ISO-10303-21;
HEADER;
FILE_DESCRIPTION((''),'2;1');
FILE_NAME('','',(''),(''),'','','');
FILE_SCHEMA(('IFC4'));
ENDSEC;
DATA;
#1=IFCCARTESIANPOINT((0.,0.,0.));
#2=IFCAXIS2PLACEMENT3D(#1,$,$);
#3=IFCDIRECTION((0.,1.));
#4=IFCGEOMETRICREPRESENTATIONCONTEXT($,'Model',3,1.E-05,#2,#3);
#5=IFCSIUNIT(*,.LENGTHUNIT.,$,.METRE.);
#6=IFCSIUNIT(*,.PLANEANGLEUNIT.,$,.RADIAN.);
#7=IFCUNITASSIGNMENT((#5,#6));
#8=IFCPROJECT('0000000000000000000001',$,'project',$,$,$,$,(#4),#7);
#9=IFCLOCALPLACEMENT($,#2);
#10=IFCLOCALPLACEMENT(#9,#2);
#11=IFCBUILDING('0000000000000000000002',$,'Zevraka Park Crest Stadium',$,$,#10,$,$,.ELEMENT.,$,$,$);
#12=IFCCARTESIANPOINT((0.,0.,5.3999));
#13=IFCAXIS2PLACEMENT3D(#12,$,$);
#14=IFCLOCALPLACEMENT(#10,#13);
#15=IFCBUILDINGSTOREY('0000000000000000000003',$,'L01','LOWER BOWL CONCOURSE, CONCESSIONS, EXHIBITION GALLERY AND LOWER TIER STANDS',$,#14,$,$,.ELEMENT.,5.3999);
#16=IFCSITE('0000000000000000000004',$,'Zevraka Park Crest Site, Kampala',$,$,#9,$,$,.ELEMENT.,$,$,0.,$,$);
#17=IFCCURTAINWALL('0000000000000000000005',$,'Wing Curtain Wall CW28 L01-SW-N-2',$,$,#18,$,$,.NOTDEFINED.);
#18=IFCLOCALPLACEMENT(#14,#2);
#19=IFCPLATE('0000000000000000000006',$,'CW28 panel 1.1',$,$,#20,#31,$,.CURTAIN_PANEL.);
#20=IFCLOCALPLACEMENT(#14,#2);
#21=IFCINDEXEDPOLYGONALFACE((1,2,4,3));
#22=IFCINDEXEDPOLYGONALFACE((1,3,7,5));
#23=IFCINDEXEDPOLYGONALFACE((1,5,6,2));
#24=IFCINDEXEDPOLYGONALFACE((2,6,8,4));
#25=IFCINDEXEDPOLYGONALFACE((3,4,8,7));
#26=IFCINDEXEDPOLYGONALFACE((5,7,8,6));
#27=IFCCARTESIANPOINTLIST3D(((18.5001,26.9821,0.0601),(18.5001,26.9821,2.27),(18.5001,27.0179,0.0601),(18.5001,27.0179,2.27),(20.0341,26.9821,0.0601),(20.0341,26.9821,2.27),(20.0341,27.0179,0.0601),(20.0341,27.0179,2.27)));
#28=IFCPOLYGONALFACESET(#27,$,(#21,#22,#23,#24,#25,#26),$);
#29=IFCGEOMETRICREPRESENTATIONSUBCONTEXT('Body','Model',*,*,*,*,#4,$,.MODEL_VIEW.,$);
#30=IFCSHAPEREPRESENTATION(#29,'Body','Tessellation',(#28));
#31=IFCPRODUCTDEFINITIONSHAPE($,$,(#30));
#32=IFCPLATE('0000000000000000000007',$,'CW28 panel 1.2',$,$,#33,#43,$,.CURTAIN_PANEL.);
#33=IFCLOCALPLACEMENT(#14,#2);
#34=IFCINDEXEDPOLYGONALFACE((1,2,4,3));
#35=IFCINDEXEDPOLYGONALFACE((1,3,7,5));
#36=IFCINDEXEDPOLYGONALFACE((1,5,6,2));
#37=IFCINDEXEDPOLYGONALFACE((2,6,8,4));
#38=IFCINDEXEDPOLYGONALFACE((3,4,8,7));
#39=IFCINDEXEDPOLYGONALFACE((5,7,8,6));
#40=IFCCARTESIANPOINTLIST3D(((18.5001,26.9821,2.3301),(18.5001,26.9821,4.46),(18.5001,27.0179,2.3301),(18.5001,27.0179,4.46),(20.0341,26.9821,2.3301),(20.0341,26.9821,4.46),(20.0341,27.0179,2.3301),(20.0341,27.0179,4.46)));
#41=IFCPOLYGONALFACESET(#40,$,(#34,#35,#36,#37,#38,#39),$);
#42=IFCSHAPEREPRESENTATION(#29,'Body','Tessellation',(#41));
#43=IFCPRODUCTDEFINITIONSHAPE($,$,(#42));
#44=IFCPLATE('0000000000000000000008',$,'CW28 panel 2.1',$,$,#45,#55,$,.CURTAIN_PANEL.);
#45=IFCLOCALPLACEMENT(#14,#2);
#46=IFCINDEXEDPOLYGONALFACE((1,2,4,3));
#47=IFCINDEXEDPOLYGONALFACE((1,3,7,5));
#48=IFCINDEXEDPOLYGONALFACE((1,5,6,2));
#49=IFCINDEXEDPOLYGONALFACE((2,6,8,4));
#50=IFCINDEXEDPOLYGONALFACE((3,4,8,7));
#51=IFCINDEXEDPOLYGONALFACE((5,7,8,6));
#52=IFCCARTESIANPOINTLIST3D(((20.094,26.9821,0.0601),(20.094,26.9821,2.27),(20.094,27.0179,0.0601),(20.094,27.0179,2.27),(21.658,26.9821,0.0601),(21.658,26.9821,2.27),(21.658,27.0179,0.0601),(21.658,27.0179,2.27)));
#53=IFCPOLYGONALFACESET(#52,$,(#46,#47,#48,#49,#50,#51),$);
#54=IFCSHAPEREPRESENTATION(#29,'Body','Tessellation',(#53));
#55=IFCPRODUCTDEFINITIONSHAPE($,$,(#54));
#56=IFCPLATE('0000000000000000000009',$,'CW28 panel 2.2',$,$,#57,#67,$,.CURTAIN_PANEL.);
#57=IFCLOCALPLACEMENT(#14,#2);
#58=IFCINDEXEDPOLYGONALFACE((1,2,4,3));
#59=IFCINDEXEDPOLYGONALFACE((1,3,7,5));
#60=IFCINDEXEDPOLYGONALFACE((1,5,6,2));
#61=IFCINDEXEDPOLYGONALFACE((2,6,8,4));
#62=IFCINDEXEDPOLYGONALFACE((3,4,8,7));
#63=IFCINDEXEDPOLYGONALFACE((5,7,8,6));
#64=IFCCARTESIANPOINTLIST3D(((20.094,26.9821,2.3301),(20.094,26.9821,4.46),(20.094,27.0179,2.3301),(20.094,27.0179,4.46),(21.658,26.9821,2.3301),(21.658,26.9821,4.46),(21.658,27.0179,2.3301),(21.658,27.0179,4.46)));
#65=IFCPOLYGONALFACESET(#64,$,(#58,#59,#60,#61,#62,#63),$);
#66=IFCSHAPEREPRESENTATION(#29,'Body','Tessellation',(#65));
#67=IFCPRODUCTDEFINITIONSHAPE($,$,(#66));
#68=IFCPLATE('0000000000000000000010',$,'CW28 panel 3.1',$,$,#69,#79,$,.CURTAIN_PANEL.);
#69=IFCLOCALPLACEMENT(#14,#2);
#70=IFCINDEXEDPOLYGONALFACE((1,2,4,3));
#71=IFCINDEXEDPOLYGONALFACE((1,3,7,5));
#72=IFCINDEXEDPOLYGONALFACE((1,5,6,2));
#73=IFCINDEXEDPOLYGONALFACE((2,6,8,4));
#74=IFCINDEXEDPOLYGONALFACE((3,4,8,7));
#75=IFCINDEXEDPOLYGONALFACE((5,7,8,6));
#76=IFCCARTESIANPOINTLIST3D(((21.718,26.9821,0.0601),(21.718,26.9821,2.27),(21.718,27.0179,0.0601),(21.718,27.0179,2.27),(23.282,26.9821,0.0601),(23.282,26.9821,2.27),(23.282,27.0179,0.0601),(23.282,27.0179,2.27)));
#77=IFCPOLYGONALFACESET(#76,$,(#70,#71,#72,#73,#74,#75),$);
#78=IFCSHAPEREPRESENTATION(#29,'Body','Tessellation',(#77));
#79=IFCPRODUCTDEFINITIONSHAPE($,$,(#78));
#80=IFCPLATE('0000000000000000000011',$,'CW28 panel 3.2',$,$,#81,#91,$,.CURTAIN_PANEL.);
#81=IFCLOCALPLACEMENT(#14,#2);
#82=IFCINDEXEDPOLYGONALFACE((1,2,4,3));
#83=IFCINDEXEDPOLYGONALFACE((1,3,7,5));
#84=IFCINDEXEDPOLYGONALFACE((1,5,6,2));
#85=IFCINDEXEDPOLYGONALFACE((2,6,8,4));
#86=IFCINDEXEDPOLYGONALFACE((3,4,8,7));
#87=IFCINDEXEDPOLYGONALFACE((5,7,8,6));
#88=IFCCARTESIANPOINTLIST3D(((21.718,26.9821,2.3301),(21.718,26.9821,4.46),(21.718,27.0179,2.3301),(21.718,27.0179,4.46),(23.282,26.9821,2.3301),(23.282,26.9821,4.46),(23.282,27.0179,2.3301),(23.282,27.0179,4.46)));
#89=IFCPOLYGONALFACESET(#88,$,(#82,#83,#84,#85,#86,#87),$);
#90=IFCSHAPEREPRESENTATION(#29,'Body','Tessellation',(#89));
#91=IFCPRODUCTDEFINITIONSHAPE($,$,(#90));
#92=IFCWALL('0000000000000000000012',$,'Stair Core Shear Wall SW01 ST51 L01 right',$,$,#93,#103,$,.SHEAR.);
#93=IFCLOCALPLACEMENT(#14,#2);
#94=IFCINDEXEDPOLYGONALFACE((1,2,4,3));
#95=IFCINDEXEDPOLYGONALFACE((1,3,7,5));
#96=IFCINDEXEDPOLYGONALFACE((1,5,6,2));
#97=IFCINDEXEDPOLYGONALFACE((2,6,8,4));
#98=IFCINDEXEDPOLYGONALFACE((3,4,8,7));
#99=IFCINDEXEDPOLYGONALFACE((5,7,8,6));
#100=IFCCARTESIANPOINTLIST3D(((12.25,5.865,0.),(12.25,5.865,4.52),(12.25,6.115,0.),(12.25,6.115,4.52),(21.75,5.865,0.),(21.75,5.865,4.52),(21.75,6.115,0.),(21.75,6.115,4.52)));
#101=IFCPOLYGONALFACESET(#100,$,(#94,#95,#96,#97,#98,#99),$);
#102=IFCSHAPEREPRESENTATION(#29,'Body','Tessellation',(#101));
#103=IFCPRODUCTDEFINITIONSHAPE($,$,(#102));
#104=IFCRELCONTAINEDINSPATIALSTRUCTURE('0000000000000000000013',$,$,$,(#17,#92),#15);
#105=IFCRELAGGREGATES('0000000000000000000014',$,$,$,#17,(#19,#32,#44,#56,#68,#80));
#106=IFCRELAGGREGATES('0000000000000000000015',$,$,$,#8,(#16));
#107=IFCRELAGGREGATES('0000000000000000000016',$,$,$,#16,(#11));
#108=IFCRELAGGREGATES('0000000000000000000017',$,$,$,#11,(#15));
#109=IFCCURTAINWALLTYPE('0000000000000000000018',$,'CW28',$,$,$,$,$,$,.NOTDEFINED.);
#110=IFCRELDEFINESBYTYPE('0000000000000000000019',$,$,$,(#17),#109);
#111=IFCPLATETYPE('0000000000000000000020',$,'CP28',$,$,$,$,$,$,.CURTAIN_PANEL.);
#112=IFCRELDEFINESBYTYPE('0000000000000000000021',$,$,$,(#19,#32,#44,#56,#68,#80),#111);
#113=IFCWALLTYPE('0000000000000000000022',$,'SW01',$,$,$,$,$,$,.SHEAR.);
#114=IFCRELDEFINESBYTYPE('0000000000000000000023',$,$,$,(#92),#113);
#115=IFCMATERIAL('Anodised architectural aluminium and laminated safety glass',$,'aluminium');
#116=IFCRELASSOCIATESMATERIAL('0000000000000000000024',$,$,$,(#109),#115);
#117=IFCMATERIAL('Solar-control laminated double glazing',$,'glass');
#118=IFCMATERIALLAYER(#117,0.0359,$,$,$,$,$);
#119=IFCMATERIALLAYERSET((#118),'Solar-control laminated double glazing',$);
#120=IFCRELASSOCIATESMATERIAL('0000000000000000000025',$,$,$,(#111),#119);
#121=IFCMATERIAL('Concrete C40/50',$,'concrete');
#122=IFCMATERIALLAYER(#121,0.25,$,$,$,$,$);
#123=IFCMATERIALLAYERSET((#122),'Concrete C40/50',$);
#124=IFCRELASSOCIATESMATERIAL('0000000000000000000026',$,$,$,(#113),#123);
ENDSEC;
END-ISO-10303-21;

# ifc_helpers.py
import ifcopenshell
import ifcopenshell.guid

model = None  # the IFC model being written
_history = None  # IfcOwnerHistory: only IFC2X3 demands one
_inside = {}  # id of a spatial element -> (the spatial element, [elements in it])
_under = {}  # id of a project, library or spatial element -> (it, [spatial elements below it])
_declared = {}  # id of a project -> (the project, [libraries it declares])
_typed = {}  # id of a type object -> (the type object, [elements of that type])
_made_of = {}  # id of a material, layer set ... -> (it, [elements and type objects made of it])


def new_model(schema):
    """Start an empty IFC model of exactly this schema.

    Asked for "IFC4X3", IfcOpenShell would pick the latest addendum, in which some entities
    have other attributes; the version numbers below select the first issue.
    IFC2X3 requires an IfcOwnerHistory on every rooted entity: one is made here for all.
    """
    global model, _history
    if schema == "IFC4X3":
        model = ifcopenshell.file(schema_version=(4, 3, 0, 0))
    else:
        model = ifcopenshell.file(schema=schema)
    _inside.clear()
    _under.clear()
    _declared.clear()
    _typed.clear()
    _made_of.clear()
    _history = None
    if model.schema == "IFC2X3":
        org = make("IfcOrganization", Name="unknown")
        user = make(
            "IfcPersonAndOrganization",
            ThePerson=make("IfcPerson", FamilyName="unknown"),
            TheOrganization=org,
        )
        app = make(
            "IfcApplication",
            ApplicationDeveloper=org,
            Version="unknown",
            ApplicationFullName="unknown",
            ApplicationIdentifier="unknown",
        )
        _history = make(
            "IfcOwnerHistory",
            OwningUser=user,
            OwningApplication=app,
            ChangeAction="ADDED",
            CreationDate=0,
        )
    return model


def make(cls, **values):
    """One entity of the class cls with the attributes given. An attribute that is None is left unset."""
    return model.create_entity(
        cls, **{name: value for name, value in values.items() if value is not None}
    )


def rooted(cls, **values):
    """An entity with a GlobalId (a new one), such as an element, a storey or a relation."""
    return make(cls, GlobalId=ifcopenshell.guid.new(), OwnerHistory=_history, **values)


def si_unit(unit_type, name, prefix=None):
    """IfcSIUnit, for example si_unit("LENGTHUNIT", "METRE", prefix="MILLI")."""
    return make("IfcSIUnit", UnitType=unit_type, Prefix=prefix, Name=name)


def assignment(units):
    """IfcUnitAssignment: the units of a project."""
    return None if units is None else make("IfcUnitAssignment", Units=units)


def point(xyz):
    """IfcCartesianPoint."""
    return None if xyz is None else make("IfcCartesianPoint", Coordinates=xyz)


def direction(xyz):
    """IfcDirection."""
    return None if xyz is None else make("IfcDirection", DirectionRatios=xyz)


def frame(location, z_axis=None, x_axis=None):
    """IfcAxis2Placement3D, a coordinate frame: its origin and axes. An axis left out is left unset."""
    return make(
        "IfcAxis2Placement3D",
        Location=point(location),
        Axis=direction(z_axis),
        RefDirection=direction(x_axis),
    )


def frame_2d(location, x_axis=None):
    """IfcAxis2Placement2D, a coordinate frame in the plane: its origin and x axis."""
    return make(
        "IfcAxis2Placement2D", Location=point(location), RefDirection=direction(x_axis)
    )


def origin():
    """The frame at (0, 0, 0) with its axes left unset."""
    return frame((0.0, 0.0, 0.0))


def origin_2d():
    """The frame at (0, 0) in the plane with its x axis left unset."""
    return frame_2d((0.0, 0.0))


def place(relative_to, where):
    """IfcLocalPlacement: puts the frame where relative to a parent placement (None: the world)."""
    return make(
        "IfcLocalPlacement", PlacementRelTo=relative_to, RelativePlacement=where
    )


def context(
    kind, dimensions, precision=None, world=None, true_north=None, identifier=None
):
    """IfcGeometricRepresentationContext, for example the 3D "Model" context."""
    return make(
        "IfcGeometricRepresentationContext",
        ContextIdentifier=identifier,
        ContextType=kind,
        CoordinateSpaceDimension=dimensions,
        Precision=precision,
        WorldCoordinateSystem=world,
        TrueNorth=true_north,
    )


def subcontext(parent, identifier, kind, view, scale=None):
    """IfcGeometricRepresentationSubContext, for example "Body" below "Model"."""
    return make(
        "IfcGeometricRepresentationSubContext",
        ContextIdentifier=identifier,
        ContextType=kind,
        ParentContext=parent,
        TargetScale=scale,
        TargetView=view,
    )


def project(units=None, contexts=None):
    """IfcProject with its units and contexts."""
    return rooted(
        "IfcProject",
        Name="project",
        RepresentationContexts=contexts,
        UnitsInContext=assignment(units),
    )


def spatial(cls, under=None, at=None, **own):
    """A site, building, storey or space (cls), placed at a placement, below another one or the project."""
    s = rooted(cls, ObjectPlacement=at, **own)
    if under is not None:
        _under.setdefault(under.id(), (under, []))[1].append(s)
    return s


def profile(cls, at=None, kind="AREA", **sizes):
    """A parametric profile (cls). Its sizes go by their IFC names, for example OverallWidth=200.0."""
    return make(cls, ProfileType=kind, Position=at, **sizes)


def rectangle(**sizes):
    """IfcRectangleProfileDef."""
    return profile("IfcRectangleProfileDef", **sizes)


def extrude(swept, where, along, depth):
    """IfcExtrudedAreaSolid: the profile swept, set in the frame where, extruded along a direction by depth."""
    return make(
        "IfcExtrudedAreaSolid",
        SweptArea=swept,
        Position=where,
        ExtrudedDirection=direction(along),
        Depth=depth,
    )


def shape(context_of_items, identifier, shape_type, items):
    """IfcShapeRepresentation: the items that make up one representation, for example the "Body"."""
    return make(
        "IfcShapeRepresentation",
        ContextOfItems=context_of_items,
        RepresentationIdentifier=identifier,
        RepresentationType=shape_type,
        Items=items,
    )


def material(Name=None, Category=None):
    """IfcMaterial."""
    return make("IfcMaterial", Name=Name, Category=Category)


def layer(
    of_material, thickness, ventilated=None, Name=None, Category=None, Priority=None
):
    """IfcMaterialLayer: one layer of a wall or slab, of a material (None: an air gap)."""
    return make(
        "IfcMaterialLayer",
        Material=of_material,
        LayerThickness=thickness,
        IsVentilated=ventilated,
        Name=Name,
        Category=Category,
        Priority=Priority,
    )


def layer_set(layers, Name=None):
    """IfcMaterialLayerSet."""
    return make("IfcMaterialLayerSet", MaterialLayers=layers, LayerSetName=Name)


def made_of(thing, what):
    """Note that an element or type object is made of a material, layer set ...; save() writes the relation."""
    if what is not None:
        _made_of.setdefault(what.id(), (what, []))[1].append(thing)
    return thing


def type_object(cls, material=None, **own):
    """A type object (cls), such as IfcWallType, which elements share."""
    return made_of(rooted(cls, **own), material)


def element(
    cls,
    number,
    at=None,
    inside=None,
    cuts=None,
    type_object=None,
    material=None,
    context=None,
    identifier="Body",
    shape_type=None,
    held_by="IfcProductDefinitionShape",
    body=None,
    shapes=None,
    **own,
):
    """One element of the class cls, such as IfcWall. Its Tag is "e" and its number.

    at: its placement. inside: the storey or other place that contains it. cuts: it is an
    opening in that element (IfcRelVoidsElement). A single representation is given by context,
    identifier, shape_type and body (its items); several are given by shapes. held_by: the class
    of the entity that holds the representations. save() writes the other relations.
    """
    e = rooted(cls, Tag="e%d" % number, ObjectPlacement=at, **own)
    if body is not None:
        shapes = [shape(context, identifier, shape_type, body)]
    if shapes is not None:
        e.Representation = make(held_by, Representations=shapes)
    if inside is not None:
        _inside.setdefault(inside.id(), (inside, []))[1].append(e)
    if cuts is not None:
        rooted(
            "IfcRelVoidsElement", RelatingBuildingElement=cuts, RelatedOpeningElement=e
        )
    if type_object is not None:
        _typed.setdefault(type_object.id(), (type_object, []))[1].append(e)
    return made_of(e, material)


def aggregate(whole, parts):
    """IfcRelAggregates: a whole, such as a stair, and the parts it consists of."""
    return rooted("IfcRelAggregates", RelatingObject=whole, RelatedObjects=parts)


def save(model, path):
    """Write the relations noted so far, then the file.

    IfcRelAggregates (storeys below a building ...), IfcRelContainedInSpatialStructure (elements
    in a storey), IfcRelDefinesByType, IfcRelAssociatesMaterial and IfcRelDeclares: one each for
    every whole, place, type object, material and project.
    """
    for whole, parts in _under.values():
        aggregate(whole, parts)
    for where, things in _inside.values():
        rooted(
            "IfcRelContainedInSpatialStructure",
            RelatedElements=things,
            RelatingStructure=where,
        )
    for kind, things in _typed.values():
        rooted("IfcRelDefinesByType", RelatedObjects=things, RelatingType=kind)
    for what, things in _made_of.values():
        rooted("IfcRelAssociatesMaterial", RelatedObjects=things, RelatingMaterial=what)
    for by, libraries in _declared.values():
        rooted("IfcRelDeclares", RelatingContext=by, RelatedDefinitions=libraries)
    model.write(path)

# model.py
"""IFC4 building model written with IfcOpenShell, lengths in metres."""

from ifc_helpers import new_model, si_unit, direction, frame, frame_2d, origin, origin_2d, place, context, subcontext, project, spatial, rectangle, extrude, material, layer, layer_set, type_object, element, aggregate, save


model = new_model("IFC4")

# Units and contexts
model_context = context("Model", 3, precision=1e-05, world=origin(), true_north=direction((0.0, 1.0)))
body_context = subcontext(model_context, "Body", "Model", "MODEL_VIEW")
ifc_project = project(units=[si_unit("LENGTHUNIT", "METRE"), si_unit("PLANEANGLEUNIT", "RADIAN")], contexts=[model_context])

# Site, building, storey
site_placement = place(None, origin())
site = spatial("IfcSite", under=ifc_project, at=site_placement, Name="Zevraka Park Crest Site, Kampala", CompositionType="ELEMENT", RefElevation=0.0)
building_placement = place(site_placement, origin())
building = spatial("IfcBuilding", under=site, at=building_placement, Name="Zevraka Park Crest Stadium", CompositionType="ELEMENT")
storey_placement = place(building_placement, frame((0.0, 0.0, 5.3999)))
storey = spatial("IfcBuildingStorey", under=building, at=storey_placement, Name="L01", Description="LOWER BOWL CONCOURSE, CONCESSIONS, EXHIBITION GALLERY AND LOWER TIER STANDS", CompositionType="ELEMENT", Elevation=5.3999)

# Curtain wall, plates
ifc_material_1 = material(Name="Anodised architectural aluminium and laminated safety glass", Category="aluminium")
curtain_wall_type = type_object("IfcCurtainWallType", Name="CW28", PredefinedType="NOTDEFINED", material=ifc_material_1)
curtain_wall_placement = place(storey_placement, origin())
curtain_wall = element("IfcCurtainWall", 1, at=curtain_wall_placement, inside=storey, type_object=curtain_wall_type, Name="Wing Curtain Wall CW28 L01-SW-N-2", PredefinedType="NOTDEFINED")
ifc_material_2 = material(Name="Solar-control laminated double glazing", Category="glass")
ifc_layer_1 = layer(ifc_material_2, 0.0359)
ifc_layer_set_1 = layer_set([ifc_layer_1], Name="Solar-control laminated double glazing")
plate_type = type_object("IfcPlateType", Name="CP28", PredefinedType="CURTAIN_PANEL", material=ifc_layer_set_1)
plate_1_placement = place(storey_placement, frame((19.2671, 27.0, 0.0601), z_axis=(0.0, 0.0, 1.0), x_axis=(1.0, 0.0, 0.0)))
plate_1 = element("IfcPlate", 2, at=plate_1_placement, type_object=plate_type, Name="CW28 panel 1.1", PredefinedType="CURTAIN_PANEL", context=body_context, shape_type="SweptSolid", body=[
    extrude(rectangle(XDim=1.5339, YDim=0.0359, at=origin_2d()), origin(), (0.0, 0.0, 1.0), 2.21),
])
plate_2_placement = place(storey_placement, frame((19.2671, 27.0, 2.3301), z_axis=(0.0, 0.0, 1.0), x_axis=(1.0, 0.0, 0.0)))
plate_2 = element("IfcPlate", 3, at=plate_2_placement, type_object=plate_type, Name="CW28 panel 1.2", PredefinedType="CURTAIN_PANEL", context=body_context, shape_type="SweptSolid", body=[
    extrude(rectangle(XDim=1.5339, YDim=0.0359, at=origin_2d()), origin(), (0.0, 0.0, 1.0), 2.1299),
])
plate_3_placement = place(storey_placement, frame((20.876, 27.0, 0.0601), z_axis=(0.0, 0.0, 1.0), x_axis=(1.0, 0.0, 0.0)))
plate_3 = element("IfcPlate", 4, at=plate_3_placement, type_object=plate_type, Name="CW28 panel 2.1", PredefinedType="CURTAIN_PANEL", context=body_context, shape_type="SweptSolid", body=[
    extrude(rectangle(XDim=1.564, YDim=0.0359, at=origin_2d()), origin(), (0.0, 0.0, 1.0), 2.21),
])
plate_4_placement = place(storey_placement, frame((20.876, 27.0, 2.3301), z_axis=(0.0, 0.0, 1.0), x_axis=(1.0, 0.0, 0.0)))
plate_4 = element("IfcPlate", 5, at=plate_4_placement, type_object=plate_type, Name="CW28 panel 2.2", PredefinedType="CURTAIN_PANEL", context=body_context, shape_type="SweptSolid", body=[
    extrude(rectangle(XDim=1.564, YDim=0.0359, at=origin_2d()), origin(), (0.0, 0.0, 1.0), 2.1299),
])
plate_5_placement = place(storey_placement, frame((22.5, 27.0, 0.0601), z_axis=(0.0, 0.0, 1.0), x_axis=(1.0, 0.0, 0.0)))
plate_5 = element("IfcPlate", 6, at=plate_5_placement, type_object=plate_type, Name="CW28 panel 3.1", PredefinedType="CURTAIN_PANEL", context=body_context, shape_type="SweptSolid", body=[
    extrude(rectangle(XDim=1.564, YDim=0.0359, at=origin_2d()), origin(), (0.0, 0.0, 1.0), 2.21),
])
plate_6_placement = place(storey_placement, frame((22.5, 27.0, 2.3301), z_axis=(0.0, 0.0, 1.0), x_axis=(1.0, 0.0, 0.0)))
plate_6 = element("IfcPlate", 7, at=plate_6_placement, type_object=plate_type, Name="CW28 panel 3.2", PredefinedType="CURTAIN_PANEL", context=body_context, shape_type="SweptSolid", body=[
    extrude(rectangle(XDim=1.564, YDim=0.0359, at=origin_2d()), origin(), (0.0, 0.0, 1.0), 2.1299),
])
aggregate(curtain_wall, [plate_1, plate_2, plate_3, plate_4, plate_5, plate_6])

# Wall
ifc_material_3 = material(Name="Concrete C40/50", Category="concrete")
ifc_layer_2 = layer(ifc_material_3, 0.25)
ifc_layer_set_2 = layer_set([ifc_layer_2], Name="Concrete C40/50")
wall_type = type_object("IfcWallType", Name="SW01", PredefinedType="SHEAR", material=ifc_layer_set_2)
wall_placement = place(storey_placement, frame((21.75, 5.99, 0.0), z_axis=(0.0, 0.0, 1.0), x_axis=(-1.0, 0.0, 0.0)))
element("IfcWall", 8, at=wall_placement, inside=storey, type_object=wall_type, Name="Stair Core Shear Wall SW01 ST51 L01 right", PredefinedType="SHEAR", context=body_context, shape_type="SweptSolid", body=[
    extrude(rectangle(XDim=9.5, YDim=0.25, at=frame_2d((4.75, 0.0))), origin(), (0.0, 0.0, 1.0), 4.52),
])

save(model, "model.ifc")
